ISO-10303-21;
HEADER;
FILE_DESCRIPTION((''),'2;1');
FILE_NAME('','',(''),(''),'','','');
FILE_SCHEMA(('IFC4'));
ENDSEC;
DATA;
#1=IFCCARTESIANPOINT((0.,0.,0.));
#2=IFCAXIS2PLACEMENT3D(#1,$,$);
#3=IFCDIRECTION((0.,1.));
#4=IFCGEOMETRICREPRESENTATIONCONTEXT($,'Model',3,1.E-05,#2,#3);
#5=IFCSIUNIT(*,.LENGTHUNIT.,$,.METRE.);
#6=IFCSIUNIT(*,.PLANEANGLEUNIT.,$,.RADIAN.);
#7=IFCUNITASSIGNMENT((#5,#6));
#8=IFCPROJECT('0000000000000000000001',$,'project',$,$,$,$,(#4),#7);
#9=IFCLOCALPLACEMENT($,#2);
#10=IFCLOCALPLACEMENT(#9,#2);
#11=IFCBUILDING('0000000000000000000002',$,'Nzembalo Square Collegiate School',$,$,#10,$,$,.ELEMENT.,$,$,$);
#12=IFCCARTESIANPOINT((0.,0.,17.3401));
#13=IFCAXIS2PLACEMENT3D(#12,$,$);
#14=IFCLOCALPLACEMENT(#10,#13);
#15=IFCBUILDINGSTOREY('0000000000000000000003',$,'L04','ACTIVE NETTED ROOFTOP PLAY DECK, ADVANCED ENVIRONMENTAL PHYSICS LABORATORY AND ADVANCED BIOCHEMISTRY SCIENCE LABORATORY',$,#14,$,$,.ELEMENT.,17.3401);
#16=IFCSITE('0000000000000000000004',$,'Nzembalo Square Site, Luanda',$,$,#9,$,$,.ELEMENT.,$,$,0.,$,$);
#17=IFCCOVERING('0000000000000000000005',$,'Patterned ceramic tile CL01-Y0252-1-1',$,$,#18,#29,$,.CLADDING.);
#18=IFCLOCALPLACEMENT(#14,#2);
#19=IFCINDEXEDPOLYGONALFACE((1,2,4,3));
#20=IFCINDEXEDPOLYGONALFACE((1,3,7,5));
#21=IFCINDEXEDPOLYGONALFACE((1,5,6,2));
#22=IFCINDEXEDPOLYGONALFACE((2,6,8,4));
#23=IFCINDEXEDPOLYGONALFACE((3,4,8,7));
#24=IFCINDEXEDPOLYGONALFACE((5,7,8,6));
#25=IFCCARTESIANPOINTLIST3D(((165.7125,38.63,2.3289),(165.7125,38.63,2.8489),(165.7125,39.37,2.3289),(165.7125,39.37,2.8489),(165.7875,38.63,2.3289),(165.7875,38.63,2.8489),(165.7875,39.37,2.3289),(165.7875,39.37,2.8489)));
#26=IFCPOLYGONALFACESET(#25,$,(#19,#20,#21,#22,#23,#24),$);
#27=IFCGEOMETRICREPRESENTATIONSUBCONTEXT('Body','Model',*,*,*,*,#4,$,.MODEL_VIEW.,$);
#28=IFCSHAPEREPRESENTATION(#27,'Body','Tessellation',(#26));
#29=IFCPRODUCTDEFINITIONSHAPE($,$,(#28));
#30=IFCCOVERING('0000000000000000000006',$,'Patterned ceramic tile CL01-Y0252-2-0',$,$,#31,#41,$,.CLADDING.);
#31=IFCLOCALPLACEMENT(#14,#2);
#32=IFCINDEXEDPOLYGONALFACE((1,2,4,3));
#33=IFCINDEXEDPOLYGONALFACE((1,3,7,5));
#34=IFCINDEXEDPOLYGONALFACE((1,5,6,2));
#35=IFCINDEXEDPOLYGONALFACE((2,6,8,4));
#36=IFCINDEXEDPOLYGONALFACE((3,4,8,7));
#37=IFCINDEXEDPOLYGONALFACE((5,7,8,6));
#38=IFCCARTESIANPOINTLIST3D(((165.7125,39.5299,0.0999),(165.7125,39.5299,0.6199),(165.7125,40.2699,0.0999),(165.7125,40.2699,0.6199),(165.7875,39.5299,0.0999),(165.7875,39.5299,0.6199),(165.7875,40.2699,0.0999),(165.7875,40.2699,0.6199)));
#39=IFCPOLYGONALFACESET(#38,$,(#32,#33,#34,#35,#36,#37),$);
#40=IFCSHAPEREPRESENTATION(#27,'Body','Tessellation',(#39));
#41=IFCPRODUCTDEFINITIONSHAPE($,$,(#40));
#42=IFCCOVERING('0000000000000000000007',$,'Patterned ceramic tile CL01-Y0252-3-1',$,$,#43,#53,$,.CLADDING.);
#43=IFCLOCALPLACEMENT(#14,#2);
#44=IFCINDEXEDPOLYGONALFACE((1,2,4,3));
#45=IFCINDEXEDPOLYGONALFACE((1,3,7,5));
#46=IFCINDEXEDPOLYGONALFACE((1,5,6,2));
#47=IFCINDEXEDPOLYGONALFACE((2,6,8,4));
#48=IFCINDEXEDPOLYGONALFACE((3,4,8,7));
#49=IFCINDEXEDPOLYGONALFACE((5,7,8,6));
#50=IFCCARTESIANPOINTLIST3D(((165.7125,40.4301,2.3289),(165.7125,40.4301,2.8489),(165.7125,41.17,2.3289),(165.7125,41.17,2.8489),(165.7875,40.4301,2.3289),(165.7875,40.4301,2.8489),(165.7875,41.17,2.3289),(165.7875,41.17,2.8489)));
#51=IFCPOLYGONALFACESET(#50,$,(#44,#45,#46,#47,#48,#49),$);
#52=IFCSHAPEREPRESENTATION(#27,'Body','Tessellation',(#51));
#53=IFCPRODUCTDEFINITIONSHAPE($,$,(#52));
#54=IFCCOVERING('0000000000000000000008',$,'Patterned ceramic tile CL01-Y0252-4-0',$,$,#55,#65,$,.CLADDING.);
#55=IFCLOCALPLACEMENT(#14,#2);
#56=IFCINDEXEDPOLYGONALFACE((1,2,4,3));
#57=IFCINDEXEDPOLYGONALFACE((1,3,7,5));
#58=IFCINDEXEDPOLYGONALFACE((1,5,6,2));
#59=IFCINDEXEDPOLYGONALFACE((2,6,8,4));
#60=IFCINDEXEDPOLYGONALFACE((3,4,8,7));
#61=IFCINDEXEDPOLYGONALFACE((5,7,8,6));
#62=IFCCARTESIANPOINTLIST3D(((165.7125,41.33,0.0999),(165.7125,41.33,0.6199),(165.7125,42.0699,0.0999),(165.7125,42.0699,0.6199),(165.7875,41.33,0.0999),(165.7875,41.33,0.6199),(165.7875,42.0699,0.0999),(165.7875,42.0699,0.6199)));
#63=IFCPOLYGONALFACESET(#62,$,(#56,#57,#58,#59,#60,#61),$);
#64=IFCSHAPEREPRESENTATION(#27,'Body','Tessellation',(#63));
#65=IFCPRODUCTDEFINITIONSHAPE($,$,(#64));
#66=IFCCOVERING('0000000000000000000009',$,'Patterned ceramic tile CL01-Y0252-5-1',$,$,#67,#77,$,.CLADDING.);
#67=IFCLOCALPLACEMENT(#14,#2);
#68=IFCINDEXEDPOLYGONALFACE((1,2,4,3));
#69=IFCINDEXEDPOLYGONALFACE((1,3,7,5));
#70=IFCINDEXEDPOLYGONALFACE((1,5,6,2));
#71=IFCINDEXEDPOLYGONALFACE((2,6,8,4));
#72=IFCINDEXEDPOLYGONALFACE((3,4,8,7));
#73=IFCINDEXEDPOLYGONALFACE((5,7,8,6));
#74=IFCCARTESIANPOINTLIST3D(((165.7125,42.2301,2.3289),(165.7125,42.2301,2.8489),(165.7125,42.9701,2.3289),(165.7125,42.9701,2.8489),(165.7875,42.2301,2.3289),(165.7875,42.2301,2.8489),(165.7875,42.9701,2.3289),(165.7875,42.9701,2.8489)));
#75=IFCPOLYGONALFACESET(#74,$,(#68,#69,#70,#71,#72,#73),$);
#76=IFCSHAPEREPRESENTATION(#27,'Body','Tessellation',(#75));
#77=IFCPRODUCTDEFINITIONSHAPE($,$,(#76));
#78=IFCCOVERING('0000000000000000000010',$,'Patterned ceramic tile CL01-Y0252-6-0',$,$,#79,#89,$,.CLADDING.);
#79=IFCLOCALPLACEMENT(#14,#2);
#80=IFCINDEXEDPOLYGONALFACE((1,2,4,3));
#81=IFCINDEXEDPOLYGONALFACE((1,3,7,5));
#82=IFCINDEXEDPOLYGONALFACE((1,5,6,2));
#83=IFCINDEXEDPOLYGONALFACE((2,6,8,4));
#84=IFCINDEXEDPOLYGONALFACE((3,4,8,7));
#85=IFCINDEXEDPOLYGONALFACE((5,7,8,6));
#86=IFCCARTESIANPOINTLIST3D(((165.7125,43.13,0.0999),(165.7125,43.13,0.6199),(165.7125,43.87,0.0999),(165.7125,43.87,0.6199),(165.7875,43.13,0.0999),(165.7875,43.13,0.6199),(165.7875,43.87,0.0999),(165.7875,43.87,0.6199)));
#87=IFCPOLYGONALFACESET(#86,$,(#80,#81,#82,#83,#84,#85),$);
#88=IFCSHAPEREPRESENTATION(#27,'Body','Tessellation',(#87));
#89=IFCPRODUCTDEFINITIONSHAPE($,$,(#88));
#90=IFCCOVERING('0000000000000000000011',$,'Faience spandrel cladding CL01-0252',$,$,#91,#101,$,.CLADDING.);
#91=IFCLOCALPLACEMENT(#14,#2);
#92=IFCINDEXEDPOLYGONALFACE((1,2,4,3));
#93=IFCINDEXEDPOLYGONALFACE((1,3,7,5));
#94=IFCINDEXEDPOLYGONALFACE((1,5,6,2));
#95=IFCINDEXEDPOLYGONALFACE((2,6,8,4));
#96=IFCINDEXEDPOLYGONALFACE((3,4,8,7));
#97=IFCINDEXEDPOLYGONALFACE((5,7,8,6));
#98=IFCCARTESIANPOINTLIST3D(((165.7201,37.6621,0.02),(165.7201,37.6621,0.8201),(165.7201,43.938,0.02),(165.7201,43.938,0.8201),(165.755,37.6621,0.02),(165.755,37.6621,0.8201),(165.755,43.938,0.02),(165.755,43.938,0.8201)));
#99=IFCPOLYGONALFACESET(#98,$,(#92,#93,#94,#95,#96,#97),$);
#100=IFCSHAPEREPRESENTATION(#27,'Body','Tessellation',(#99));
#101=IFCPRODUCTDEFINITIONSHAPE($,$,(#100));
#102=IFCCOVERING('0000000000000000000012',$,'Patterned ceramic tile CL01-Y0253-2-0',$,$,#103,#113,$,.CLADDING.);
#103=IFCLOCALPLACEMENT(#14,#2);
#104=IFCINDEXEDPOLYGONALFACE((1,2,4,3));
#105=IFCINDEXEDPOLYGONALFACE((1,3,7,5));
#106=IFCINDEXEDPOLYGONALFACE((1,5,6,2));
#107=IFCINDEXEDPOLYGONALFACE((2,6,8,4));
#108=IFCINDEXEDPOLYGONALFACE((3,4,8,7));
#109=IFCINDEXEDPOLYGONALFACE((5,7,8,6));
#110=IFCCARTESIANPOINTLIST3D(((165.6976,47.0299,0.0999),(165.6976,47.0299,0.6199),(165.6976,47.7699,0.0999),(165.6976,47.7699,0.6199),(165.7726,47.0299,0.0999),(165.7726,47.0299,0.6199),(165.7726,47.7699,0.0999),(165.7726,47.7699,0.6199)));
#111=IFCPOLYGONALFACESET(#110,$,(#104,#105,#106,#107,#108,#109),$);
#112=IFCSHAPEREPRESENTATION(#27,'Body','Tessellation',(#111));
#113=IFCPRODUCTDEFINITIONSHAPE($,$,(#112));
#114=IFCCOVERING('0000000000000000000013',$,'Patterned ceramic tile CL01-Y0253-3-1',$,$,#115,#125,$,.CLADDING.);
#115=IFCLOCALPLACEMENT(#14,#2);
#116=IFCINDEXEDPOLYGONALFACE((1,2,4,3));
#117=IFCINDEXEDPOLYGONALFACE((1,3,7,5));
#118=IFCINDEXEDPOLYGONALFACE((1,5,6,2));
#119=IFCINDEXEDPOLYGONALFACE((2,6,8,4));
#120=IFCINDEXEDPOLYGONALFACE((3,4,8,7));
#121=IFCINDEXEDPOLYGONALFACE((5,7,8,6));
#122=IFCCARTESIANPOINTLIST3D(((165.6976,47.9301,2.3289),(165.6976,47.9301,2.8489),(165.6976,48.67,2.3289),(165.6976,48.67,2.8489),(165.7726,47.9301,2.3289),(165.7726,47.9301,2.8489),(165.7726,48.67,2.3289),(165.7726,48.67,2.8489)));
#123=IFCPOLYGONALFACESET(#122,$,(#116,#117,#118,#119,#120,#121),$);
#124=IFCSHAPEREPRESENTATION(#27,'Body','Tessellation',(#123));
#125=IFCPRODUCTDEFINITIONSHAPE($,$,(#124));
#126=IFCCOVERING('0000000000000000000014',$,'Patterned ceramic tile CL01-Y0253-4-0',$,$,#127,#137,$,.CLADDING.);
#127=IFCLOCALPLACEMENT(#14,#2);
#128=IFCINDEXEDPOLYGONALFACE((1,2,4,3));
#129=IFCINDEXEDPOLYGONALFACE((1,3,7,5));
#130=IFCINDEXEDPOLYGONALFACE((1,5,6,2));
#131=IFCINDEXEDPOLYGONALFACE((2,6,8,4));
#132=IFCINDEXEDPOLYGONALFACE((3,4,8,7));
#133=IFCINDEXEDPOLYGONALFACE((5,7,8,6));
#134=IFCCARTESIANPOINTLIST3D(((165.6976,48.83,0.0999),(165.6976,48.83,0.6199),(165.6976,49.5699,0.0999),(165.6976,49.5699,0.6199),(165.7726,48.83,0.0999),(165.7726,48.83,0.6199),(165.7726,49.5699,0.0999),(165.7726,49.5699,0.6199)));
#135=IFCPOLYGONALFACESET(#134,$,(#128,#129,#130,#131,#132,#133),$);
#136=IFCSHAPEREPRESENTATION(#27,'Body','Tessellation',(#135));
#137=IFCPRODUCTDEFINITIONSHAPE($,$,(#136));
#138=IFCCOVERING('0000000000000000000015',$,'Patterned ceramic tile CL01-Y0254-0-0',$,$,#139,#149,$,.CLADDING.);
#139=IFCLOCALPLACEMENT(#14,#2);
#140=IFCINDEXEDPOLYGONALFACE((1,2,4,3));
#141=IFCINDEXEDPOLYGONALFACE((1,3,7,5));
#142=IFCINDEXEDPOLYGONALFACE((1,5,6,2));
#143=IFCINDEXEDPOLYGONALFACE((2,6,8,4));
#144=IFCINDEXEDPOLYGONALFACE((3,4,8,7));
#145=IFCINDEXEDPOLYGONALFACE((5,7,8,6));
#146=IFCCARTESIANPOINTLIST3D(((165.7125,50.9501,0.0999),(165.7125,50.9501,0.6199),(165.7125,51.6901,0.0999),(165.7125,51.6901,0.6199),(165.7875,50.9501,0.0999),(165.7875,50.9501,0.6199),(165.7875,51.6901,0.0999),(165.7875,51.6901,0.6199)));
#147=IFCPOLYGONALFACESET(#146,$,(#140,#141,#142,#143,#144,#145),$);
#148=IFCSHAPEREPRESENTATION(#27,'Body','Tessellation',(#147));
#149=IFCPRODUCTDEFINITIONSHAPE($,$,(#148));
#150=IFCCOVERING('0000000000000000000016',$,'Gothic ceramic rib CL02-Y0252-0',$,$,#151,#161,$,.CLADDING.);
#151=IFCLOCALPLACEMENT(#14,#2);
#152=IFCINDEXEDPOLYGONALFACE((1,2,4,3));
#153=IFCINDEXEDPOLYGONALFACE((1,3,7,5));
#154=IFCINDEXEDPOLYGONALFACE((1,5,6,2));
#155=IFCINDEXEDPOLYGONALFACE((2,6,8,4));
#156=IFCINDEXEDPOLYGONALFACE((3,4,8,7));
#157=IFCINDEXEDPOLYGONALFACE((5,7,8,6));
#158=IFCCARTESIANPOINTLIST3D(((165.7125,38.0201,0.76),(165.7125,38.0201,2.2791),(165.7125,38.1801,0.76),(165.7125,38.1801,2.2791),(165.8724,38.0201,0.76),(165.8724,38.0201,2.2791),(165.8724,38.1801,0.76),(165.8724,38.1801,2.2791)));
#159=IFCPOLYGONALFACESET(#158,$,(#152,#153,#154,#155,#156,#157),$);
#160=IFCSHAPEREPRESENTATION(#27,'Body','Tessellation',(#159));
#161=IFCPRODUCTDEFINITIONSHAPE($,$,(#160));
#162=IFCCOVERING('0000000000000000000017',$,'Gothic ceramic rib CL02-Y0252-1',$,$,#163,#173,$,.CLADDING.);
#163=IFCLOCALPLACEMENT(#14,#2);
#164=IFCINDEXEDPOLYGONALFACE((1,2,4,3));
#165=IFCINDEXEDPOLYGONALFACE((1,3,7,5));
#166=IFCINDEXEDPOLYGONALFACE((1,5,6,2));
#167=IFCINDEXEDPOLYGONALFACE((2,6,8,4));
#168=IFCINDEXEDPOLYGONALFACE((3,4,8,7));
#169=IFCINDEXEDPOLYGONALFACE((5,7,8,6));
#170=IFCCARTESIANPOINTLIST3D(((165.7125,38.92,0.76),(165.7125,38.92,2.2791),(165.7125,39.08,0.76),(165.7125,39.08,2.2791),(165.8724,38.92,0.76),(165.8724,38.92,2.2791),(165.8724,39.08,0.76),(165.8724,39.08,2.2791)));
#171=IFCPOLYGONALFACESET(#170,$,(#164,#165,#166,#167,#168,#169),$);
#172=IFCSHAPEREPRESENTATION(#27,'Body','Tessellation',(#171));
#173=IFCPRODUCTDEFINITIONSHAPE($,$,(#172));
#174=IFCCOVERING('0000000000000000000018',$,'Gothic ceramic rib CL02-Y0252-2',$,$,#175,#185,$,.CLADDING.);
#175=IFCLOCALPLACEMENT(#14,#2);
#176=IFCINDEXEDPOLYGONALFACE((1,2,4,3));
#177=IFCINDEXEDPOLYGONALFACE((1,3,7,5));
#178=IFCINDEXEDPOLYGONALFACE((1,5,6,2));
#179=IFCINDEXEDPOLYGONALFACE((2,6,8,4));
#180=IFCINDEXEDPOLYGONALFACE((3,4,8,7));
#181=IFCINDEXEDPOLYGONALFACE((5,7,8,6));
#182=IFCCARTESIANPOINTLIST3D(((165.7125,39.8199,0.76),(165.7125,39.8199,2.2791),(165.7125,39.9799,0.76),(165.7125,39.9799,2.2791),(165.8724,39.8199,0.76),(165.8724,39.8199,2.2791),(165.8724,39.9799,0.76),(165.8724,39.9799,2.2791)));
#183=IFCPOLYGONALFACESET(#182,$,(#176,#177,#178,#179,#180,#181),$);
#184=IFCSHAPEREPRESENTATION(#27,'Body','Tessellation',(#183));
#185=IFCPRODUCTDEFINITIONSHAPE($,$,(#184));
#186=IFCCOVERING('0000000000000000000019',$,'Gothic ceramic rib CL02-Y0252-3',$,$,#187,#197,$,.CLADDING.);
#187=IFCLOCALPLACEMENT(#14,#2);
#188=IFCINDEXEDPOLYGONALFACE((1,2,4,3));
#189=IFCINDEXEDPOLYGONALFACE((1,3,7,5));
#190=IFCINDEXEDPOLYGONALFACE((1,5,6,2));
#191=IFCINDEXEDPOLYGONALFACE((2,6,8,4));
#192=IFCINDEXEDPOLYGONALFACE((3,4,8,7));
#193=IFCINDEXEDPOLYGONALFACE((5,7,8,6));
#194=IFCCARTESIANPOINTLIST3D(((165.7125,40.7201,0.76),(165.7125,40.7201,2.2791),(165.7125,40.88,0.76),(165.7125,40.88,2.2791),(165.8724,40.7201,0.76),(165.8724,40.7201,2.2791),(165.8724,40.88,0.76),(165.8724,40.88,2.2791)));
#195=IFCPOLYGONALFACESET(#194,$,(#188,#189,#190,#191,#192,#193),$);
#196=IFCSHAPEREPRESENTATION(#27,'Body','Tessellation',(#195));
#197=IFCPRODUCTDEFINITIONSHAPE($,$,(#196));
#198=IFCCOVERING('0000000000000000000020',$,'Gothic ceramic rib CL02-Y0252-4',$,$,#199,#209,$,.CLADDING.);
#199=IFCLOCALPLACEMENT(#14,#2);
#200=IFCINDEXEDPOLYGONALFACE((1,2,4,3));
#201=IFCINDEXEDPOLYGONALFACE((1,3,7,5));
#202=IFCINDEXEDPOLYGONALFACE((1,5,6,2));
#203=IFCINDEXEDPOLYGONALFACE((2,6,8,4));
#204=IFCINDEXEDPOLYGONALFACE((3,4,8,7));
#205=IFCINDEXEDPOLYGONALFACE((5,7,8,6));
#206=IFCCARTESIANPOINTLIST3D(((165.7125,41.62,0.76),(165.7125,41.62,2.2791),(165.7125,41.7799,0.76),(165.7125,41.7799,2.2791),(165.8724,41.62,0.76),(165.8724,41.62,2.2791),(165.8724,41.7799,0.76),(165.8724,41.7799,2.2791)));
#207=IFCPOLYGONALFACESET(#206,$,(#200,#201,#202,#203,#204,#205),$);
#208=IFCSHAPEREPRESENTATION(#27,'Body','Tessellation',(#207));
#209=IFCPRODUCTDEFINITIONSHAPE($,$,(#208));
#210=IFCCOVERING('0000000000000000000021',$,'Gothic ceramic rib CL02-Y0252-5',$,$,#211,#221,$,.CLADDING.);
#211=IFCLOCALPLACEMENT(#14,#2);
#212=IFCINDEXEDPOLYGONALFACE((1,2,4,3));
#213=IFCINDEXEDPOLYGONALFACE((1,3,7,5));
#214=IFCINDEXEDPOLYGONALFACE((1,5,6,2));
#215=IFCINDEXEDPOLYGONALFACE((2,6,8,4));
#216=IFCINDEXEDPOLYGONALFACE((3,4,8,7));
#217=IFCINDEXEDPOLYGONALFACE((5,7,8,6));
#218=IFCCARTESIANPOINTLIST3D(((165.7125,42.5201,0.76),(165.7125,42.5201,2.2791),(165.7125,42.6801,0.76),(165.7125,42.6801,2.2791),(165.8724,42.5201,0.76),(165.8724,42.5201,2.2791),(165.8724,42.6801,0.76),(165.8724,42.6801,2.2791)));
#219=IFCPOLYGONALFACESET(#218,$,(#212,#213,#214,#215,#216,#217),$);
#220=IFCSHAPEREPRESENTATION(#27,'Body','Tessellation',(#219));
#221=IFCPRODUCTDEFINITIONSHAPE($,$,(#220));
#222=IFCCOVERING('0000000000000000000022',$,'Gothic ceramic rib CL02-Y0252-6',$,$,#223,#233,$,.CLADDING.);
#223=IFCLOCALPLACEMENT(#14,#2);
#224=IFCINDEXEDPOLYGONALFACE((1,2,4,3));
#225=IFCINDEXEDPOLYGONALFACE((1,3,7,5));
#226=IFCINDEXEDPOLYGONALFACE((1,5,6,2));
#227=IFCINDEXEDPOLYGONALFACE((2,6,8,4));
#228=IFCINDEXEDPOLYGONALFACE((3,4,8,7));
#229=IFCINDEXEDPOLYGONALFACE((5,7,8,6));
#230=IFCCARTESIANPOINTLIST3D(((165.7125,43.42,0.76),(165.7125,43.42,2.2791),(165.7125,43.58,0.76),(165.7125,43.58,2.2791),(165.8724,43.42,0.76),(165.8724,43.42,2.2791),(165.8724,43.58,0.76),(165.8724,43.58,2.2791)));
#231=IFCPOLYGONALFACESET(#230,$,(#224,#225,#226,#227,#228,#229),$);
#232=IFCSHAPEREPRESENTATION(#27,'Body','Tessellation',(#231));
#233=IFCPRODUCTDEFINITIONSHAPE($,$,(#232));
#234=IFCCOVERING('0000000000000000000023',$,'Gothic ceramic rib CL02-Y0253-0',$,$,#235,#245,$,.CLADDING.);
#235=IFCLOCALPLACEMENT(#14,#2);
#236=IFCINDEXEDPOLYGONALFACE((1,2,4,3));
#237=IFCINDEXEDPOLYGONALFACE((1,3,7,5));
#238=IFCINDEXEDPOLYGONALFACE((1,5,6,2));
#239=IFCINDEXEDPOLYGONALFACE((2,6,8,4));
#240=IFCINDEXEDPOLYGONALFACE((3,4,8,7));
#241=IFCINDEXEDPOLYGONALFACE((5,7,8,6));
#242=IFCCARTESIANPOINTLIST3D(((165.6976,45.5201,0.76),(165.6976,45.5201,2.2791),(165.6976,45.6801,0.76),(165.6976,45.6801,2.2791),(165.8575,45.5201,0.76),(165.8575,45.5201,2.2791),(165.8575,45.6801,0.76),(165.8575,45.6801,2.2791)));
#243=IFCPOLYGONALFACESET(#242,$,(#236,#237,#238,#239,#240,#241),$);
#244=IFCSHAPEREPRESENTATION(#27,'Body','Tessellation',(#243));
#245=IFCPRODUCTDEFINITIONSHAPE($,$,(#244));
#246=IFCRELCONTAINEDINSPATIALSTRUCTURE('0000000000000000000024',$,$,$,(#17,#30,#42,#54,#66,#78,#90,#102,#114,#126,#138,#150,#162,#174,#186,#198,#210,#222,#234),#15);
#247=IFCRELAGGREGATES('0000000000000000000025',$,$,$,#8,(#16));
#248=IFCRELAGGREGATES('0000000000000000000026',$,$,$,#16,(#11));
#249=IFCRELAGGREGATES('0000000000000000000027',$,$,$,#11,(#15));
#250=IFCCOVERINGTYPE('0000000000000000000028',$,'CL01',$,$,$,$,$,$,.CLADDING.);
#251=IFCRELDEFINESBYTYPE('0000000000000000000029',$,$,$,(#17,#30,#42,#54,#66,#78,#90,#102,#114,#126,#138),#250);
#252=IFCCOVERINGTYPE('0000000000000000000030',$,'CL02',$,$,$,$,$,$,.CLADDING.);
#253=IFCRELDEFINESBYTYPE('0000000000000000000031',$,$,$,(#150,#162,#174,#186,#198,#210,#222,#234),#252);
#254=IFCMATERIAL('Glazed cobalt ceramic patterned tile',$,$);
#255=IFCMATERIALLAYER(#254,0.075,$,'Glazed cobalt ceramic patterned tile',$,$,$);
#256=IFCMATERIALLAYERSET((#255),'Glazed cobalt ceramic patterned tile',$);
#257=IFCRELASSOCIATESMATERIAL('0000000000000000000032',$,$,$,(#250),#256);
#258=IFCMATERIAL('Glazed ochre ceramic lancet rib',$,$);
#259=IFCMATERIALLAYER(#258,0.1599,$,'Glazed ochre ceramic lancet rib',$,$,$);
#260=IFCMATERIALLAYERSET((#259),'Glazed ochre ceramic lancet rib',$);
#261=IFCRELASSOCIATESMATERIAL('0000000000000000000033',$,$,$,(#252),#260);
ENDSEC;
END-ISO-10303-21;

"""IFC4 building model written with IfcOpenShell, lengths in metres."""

from ifc_helpers import new_model, si_unit, direction, frame, origin, origin_2d, place, context, subcontext, project, spatial, rectangle, extrude, material, layer, layer_set, type_object, element, save


model = new_model("IFC4")

# Units and contexts
model_context = context("Model", 3, precision=1e-05, world=origin(), true_north=direction((0.0, 1.0)))
body_context = subcontext(model_context, "Body", "Model", "MODEL_VIEW")
ifc_project = project(units=[si_unit("LENGTHUNIT", "METRE"), si_unit("PLANEANGLEUNIT", "RADIAN")], contexts=[model_context])

# Site, building, storey
site_placement = place(None, origin())
site = spatial("IfcSite", under=ifc_project, at=site_placement, Name="Nzembalo Square Site, Luanda", CompositionType="ELEMENT", RefElevation=0.0)
building_placement = place(site_placement, origin())
building = spatial("IfcBuilding", under=site, at=building_placement, Name="Nzembalo Square Collegiate School", CompositionType="ELEMENT")
storey_placement = place(building_placement, frame((0.0, 0.0, 17.3401)))
storey = spatial("IfcBuildingStorey", under=building, at=storey_placement, Name="L04", Description="ACTIVE NETTED ROOFTOP PLAY DECK, ADVANCED ENVIRONMENTAL PHYSICS LABORATORY AND ADVANCED BIOCHEMISTRY SCIENCE LABORATORY", CompositionType="ELEMENT", Elevation=17.3401)

# Coverings
ifc_material_1 = material(Name="Glazed cobalt ceramic patterned tile")
ifc_layer_1 = layer(ifc_material_1, 0.075, Name="Glazed cobalt ceramic patterned tile")
ifc_layer_set_1 = layer_set([ifc_layer_1], Name="Glazed cobalt ceramic patterned tile")
covering_type_1 = type_object("IfcCoveringType", Name="CL01", PredefinedType="CLADDING", material=ifc_layer_set_1)
for number, where, z_axis, x_axis, name in (
    (1, (165.75, 39.0, 2.3289), (0.0, 0.0, 1.0), (1.0, 0.0, 0.0), "Patterned ceramic tile CL01-Y0252-1-1"),
    (2, (165.75, 39.8999, 0.0999), (0.0, 0.0, 1.0), (1.0, 0.0, 0.0), "Patterned ceramic tile CL01-Y0252-2-0"),
    (3, (165.75, 40.8, 2.3289), (0.0, 0.0, 1.0), (1.0, 0.0, 0.0), "Patterned ceramic tile CL01-Y0252-3-1"),
    (4, (165.75, 41.7, 0.0999), (0.0, 0.0, 1.0), (1.0, 0.0, 0.0), "Patterned ceramic tile CL01-Y0252-4-0"),
    (5, (165.75, 42.6001, 2.3289), (0.0, 0.0, 1.0), (1.0, 0.0, 0.0), "Patterned ceramic tile CL01-Y0252-5-1"),
    (6, (165.75, 43.5, 0.0999), (0.0, 0.0, 1.0), (1.0, 0.0, 0.0), "Patterned ceramic tile CL01-Y0252-6-0"),
):
    element("IfcCovering", number, at=place(storey_placement, frame(where, z_axis=z_axis, x_axis=x_axis)), inside=storey, type_object=covering_type_1, Name=name, PredefinedType="CLADDING", context=body_context, shape_type="SweptSolid", body=[
        extrude(rectangle(XDim=0.075, YDim=0.74, at=origin_2d()), origin(), (0.0, 0.0, 1.0), 0.52),
    ])
covering_placement = place(storey_placement, frame((165.7375, 40.8, 0.02), z_axis=(0.0, 0.0, 1.0), x_axis=(1.0, 0.0, 0.0)))
element("IfcCovering", 7, at=covering_placement, inside=storey, type_object=covering_type_1, Name="Faience spandrel cladding CL01-0252", PredefinedType="CLADDING", context=body_context, shape_type="SweptSolid", body=[
    extrude(rectangle(XDim=0.0349, YDim=6.2759, at=origin_2d()), origin(), (0.0, 0.0, 1.0), 0.8),
])
for number, where, z_axis, x_axis, name in (
    (8, (165.7351, 47.3999, 0.0999), (0.0, 0.0, 1.0), (1.0, 0.0, 0.0), "Patterned ceramic tile CL01-Y0253-2-0"),
    (9, (165.7351, 48.3, 2.3289), (0.0, 0.0, 1.0), (1.0, 0.0, 0.0), "Patterned ceramic tile CL01-Y0253-3-1"),
    (10, (165.7351, 49.2, 0.0999), (0.0, 0.0, 1.0), (1.0, 0.0, 0.0), "Patterned ceramic tile CL01-Y0253-4-0"),
    (11, (165.75, 51.3201, 0.0999), (0.0, 0.0, 1.0), (1.0, 0.0, 0.0), "Patterned ceramic tile CL01-Y0254-0-0"),
):
    element("IfcCovering", number, at=place(storey_placement, frame(where, z_axis=z_axis, x_axis=x_axis)), inside=storey, type_object=covering_type_1, Name=name, PredefinedType="CLADDING", context=body_context, shape_type="SweptSolid", body=[
        extrude(rectangle(XDim=0.075, YDim=0.74, at=origin_2d()), origin(), (0.0, 0.0, 1.0), 0.52),
    ])
ifc_material_2 = material(Name="Glazed ochre ceramic lancet rib")
ifc_layer_2 = layer(ifc_material_2, 0.1599, Name="Glazed ochre ceramic lancet rib")
ifc_layer_set_2 = layer_set([ifc_layer_2], Name="Glazed ochre ceramic lancet rib")
covering_type_2 = type_object("IfcCoveringType", Name="CL02", PredefinedType="CLADDING", material=ifc_layer_set_2)
for number, where, z_axis, x_axis, name in (
    (12, (165.7925, 38.1001, 0.76), (0.0, 0.0, 1.0), (1.0, 0.0, 0.0), "Gothic ceramic rib CL02-Y0252-0"),
    (13, (165.7925, 39.0, 0.76), (0.0, 0.0, 1.0), (1.0, 0.0, 0.0), "Gothic ceramic rib CL02-Y0252-1"),
    (14, (165.7925, 39.8999, 0.76), (0.0, 0.0, 1.0), (1.0, 0.0, 0.0), "Gothic ceramic rib CL02-Y0252-2"),
    (15, (165.7925, 40.8, 0.76), (0.0, 0.0, 1.0), (1.0, 0.0, 0.0), "Gothic ceramic rib CL02-Y0252-3"),
    (16, (165.7925, 41.7, 0.76), (0.0, 0.0, 1.0), (1.0, 0.0, 0.0), "Gothic ceramic rib CL02-Y0252-4"),
    (17, (165.7925, 42.6001, 0.76), (0.0, 0.0, 1.0), (1.0, 0.0, 0.0), "Gothic ceramic rib CL02-Y0252-5"),
    (18, (165.7925, 43.5, 0.76), (0.0, 0.0, 1.0), (1.0, 0.0, 0.0), "Gothic ceramic rib CL02-Y0252-6"),
    (19, (165.7776, 45.6001, 0.76), (0.0, 0.0, 1.0), (1.0, 0.0, 0.0), "Gothic ceramic rib CL02-Y0253-0"),
):
    element("IfcCovering", number, at=place(storey_placement, frame(where, z_axis=z_axis, x_axis=x_axis)), inside=storey, type_object=covering_type_2, Name=name, PredefinedType="CLADDING", context=body_context, shape_type="SweptSolid", body=[
        extrude(rectangle(XDim=0.1599, YDim=0.1599, at=origin_2d()), origin(), (0.0, 0.0, 1.0), 1.519),
    ])

save(model, "model.ifc")
